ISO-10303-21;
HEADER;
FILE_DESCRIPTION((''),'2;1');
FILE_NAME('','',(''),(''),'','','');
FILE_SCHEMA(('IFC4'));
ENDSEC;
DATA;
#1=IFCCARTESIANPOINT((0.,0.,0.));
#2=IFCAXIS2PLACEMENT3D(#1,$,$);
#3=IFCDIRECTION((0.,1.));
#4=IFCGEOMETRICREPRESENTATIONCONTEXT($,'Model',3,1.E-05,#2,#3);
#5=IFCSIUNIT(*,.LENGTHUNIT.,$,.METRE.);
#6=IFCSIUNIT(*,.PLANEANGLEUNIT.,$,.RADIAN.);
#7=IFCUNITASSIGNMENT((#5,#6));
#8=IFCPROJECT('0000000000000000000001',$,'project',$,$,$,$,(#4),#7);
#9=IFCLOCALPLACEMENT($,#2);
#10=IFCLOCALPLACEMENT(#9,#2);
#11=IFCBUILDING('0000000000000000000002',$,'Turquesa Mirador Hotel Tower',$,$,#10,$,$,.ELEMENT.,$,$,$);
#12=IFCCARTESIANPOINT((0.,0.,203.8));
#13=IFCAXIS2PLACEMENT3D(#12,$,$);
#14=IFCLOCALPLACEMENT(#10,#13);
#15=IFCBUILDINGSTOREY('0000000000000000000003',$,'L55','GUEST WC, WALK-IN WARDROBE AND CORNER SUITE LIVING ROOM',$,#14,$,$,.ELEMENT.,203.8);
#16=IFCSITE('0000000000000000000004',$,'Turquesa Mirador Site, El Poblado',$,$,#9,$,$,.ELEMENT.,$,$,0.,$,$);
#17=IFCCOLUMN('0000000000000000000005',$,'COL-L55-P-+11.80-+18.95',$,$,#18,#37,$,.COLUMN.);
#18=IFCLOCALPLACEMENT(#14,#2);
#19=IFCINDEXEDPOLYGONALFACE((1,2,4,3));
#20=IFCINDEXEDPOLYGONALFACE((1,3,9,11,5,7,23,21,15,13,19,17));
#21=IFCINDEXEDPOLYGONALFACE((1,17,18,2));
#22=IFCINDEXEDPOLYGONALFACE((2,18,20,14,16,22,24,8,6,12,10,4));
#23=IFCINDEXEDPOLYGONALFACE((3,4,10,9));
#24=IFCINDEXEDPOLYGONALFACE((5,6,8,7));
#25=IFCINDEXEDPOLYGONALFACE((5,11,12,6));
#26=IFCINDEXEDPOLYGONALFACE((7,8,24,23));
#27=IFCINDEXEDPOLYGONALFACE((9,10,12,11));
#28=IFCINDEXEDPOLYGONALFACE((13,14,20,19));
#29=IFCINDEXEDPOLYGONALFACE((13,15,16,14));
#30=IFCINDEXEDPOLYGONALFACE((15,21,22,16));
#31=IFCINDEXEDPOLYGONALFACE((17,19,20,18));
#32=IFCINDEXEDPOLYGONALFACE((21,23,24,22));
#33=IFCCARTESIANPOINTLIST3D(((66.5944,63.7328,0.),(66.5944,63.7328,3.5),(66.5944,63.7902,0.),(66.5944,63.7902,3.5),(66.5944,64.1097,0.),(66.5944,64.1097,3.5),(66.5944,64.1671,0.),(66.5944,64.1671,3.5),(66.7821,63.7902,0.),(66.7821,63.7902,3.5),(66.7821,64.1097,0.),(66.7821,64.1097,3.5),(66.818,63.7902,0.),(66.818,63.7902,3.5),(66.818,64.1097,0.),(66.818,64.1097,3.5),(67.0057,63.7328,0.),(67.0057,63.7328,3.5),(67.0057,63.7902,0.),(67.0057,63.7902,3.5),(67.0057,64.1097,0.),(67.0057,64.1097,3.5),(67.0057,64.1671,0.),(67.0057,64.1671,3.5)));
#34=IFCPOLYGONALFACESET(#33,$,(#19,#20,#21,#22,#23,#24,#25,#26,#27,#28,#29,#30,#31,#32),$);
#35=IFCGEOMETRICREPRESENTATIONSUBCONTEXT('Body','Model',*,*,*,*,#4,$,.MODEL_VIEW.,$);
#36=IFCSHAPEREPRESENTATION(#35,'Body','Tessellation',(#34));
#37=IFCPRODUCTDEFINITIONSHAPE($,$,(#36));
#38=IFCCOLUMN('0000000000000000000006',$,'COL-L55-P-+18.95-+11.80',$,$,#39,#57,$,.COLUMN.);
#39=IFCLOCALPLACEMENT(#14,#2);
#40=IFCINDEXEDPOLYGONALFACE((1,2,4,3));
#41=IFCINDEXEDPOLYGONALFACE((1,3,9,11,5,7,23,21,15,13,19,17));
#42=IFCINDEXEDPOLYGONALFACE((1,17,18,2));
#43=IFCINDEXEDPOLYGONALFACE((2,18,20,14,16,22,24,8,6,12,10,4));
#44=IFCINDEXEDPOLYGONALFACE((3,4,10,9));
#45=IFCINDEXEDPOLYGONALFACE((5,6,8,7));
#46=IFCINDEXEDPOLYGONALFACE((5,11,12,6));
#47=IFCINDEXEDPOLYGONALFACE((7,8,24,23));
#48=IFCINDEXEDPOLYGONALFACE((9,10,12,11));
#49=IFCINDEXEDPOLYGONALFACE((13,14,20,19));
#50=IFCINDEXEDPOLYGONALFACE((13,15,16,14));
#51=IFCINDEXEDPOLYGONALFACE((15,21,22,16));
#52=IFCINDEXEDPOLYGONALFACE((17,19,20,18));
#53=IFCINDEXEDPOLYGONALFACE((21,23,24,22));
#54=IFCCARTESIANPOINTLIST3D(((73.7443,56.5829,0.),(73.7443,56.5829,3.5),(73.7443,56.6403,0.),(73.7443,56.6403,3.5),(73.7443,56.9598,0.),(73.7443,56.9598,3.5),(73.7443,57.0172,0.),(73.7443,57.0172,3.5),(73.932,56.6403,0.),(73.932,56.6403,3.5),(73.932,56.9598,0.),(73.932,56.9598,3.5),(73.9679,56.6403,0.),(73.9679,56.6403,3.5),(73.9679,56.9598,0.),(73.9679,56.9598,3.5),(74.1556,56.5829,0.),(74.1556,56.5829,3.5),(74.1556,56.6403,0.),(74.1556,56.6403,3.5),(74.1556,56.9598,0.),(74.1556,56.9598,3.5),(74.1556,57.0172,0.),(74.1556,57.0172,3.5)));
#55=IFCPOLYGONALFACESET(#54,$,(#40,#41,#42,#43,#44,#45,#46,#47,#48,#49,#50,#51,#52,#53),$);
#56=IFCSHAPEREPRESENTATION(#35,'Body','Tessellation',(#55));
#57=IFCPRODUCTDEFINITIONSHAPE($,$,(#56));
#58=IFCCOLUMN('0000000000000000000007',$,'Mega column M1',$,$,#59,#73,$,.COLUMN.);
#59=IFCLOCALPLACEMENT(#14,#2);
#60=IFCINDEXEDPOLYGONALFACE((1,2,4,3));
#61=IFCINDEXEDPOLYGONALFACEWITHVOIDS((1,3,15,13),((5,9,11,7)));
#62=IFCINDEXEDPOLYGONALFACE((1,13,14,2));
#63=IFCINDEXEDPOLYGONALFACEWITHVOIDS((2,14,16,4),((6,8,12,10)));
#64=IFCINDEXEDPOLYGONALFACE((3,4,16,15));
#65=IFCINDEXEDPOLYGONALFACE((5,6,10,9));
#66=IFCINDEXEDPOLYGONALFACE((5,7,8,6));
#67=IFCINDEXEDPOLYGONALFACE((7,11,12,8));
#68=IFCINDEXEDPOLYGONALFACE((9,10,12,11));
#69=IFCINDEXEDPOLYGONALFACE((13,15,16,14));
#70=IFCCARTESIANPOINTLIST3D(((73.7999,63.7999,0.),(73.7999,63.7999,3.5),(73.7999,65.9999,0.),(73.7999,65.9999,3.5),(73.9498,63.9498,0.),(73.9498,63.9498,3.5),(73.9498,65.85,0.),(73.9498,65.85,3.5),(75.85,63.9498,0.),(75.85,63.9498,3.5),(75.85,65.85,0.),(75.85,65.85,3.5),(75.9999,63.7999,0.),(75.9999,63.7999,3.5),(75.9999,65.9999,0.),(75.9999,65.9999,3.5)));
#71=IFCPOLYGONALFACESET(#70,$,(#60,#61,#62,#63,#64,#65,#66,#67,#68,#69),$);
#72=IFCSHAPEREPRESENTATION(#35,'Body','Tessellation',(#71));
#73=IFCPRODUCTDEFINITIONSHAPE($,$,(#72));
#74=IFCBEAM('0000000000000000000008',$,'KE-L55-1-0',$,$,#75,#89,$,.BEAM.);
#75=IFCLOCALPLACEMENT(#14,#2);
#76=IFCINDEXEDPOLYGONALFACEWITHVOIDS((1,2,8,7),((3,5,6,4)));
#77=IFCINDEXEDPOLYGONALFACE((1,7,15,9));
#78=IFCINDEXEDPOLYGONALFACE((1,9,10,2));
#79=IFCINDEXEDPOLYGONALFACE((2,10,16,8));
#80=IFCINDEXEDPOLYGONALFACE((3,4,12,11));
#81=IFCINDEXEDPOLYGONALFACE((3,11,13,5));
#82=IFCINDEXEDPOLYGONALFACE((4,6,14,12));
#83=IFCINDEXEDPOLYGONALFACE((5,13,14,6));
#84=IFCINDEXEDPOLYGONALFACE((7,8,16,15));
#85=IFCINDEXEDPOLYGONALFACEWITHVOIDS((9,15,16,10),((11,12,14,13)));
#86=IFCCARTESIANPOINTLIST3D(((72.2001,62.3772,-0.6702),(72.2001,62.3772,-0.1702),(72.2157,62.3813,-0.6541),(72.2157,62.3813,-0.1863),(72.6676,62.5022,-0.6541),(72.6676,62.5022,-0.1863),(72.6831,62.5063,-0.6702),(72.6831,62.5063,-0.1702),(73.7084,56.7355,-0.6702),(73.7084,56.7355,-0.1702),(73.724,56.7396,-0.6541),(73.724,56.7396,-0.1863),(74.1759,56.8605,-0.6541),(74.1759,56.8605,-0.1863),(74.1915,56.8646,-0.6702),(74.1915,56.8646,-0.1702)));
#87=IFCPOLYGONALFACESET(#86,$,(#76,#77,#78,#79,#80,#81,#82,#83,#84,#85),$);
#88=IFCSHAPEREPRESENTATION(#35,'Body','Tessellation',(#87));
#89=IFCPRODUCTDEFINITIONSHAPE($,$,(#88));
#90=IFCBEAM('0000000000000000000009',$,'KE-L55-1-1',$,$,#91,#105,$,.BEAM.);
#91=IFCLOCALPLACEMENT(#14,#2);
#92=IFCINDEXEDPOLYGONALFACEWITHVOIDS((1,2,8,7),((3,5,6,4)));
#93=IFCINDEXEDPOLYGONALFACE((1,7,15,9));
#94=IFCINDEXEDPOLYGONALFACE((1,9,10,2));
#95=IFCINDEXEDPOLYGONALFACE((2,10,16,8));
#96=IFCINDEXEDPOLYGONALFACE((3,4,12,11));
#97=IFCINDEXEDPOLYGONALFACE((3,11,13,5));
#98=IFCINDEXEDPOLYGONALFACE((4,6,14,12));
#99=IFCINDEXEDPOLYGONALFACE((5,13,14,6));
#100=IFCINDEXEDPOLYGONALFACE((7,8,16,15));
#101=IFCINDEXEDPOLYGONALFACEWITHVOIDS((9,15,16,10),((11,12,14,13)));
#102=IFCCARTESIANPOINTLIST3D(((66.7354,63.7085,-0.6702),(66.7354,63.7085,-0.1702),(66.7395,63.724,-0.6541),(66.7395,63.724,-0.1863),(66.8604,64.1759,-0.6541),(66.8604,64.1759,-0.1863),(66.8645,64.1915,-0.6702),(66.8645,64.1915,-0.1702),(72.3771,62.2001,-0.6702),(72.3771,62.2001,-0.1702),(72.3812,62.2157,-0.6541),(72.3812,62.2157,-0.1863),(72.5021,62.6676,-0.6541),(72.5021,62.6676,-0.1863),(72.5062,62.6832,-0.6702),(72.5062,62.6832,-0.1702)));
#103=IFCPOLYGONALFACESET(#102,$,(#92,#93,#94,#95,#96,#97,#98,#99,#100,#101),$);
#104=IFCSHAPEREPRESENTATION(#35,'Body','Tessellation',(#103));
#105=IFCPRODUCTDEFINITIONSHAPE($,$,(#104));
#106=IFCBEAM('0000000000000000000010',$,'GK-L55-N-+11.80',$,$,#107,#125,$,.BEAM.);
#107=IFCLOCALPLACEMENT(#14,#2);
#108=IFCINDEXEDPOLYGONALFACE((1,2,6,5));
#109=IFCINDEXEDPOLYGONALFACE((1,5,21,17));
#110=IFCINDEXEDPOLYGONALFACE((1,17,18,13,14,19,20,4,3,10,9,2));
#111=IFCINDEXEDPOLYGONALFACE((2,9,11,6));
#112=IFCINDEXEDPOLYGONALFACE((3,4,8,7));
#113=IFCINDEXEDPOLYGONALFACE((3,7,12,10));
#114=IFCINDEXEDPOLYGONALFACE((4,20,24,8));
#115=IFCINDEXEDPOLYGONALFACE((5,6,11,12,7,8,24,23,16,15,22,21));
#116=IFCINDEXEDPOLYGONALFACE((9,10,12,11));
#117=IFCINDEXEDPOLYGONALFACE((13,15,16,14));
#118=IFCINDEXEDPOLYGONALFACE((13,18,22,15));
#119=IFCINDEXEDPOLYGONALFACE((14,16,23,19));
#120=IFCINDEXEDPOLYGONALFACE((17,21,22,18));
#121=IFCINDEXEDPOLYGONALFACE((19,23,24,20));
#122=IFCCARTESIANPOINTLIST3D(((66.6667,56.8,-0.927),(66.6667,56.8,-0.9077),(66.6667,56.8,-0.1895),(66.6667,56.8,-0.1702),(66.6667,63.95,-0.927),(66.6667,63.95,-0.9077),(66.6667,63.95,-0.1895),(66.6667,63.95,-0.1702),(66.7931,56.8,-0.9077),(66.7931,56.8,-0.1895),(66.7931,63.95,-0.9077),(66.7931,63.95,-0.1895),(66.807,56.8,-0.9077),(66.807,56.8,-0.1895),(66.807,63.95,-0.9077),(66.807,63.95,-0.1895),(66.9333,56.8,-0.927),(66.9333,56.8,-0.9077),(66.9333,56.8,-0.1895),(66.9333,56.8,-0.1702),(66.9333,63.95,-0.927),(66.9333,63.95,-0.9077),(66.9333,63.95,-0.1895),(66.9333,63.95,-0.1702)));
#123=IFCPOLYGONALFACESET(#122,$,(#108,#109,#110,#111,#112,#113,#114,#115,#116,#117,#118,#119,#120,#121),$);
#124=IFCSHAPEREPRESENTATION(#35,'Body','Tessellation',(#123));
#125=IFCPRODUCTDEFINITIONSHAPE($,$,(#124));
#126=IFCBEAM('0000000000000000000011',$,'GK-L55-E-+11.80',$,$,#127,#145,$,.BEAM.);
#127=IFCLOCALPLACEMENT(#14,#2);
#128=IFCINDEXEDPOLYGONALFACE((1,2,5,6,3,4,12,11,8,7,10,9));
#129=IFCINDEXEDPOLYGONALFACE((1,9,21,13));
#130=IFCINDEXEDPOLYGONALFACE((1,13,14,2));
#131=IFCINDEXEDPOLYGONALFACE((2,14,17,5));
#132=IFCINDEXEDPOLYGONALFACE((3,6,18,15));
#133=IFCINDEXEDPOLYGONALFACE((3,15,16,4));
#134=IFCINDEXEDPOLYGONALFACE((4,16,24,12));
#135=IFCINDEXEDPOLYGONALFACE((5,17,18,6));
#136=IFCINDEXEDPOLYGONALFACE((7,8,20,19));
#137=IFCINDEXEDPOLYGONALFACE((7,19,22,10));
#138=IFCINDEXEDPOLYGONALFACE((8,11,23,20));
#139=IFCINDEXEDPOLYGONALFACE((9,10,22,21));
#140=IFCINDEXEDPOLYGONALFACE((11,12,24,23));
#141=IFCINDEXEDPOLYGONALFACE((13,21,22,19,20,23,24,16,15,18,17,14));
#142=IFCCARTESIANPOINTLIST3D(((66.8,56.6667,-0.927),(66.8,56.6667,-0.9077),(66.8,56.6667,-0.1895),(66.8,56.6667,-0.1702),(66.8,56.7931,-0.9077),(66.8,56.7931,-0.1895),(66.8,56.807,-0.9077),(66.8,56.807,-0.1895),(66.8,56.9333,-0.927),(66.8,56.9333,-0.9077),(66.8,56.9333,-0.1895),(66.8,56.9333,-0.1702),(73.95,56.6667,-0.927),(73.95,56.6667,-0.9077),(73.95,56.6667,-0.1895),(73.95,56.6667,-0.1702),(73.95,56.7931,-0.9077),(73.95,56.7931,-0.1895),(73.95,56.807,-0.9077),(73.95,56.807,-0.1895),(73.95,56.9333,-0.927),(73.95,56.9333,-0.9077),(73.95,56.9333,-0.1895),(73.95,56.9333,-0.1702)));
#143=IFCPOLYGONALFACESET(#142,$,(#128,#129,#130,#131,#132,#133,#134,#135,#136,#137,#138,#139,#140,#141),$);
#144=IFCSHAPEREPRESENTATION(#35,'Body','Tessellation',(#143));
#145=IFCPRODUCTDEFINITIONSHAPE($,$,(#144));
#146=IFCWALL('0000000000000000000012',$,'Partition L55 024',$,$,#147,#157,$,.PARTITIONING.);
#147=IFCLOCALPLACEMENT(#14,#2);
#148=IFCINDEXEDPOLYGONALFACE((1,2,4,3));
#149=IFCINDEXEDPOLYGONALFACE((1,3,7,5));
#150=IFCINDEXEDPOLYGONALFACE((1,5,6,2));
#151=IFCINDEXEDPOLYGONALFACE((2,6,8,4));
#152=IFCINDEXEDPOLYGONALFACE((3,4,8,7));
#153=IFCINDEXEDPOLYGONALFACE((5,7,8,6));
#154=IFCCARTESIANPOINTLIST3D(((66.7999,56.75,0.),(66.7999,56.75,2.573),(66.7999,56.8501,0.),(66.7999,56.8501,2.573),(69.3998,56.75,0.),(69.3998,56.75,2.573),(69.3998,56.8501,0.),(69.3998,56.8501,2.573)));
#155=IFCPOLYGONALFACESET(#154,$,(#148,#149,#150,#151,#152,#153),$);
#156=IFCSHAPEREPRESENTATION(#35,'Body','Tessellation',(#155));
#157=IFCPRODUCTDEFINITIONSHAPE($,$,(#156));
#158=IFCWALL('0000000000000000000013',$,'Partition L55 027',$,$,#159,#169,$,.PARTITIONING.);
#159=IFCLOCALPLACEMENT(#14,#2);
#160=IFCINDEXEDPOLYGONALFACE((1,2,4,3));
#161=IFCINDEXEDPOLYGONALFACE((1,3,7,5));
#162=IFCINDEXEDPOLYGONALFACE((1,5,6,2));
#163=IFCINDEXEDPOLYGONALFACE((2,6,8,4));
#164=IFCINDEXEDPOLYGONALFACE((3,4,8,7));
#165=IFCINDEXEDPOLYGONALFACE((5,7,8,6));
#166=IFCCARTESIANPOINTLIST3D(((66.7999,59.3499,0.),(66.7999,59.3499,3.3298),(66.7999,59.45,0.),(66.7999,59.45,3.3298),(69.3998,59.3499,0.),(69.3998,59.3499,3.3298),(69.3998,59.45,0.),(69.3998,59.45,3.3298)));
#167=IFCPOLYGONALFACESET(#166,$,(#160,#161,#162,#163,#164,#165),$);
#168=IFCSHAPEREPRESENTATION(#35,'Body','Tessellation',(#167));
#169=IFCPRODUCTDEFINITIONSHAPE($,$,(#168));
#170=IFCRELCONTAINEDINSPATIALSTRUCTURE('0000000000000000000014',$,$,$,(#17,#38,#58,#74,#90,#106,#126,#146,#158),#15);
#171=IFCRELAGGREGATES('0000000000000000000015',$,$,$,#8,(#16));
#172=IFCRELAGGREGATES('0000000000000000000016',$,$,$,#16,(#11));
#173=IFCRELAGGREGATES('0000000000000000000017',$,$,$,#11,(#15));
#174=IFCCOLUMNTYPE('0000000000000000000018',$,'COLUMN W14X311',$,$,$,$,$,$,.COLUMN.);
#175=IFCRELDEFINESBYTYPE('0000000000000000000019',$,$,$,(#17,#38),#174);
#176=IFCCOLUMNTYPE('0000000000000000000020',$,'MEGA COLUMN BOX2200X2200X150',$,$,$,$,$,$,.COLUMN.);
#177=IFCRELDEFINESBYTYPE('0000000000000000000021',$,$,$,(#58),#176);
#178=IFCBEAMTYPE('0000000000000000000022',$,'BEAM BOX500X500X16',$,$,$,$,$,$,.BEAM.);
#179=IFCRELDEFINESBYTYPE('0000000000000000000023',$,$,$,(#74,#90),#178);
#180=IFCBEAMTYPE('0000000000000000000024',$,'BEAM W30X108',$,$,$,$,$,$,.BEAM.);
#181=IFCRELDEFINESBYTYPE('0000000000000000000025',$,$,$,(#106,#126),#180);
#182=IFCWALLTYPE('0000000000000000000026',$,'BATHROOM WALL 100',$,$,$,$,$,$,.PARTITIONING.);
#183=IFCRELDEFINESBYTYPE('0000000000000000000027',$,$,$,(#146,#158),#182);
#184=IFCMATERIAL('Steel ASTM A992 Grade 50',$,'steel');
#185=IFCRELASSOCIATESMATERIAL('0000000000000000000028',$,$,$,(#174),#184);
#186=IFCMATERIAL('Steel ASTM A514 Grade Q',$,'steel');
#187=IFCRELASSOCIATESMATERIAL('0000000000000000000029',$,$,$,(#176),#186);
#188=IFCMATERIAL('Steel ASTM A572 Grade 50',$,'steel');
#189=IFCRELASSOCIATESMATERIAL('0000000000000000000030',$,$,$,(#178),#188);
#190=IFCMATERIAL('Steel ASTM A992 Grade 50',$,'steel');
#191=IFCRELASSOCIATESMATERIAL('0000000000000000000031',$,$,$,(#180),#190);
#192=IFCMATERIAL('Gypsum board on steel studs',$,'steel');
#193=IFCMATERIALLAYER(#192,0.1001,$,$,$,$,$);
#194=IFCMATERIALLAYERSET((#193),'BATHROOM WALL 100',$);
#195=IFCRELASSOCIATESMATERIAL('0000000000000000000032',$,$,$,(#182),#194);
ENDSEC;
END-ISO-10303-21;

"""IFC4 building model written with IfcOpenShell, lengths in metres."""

from ifc_helpers import new_model, si_unit, direction, frame, frame_2d, origin, origin_2d, place, context, subcontext, project, spatial, rectangle, hollow_rectangle, i_section, extrude, material, layer, layer_set, material_profile, profile_set, type_object, element, save


model = new_model("IFC4")

# Units and contexts
model_context = context("Model", 3, precision=1e-05, world=origin(), true_north=direction((0.0, 1.0)))
body_context = subcontext(model_context, "Body", "Model", "MODEL_VIEW")
ifc_project = project(units=[si_unit("LENGTHUNIT", "METRE"), si_unit("PLANEANGLEUNIT", "RADIAN")], contexts=[model_context])

# Site, building, storey
site_placement = place(None, origin())
site = spatial("IfcSite", under=ifc_project, at=site_placement, Name="Turquesa Mirador Site, El Poblado", CompositionType="ELEMENT", RefElevation=0.0)
building_placement = place(site_placement, origin())
building = spatial("IfcBuilding", under=site, at=building_placement, Name="Turquesa Mirador Hotel Tower", CompositionType="ELEMENT")
storey_placement = place(building_placement, frame((0.0, 0.0, 203.8)))
storey = spatial("IfcBuildingStorey", under=building, at=storey_placement, Name="L55", Description="GUEST WC, WALK-IN WARDROBE AND CORNER SUITE LIVING ROOM", CompositionType="ELEMENT", Elevation=203.8)

# Columns
ifc_material_1 = material(Name="Steel ASTM A992 Grade 50", Category="steel")
ifc_material_profile_1 = material_profile(ifc_material_1, i_section(OverallWidth=0.4114, OverallDepth=0.4343, WebThickness=0.0359, FlangeThickness=0.0574, at=origin_2d()), Name="W14X311")
ifc_profile_set_1 = profile_set([ifc_material_profile_1], Name="Steel ASTM A992 Grade 50")
column_type_1 = type_object("IfcColumnType", Name="COLUMN W14X311", PredefinedType="COLUMN", material=ifc_profile_set_1)
for number, where, z_axis, x_axis, name in (
    (1, (66.8, 63.95, 0.0), (0.0, 0.0, 1.0), (1.0, 0.0, 0.0), "COL-L55-P-+11.80-+18.95"),
    (2, (73.95, 56.8, 0.0), (0.0, 0.0, 1.0), (1.0, 0.0, 0.0), "COL-L55-P-+18.95-+11.80"),
):
    element("IfcColumn", number, at=place(storey_placement, frame(where, z_axis=z_axis, x_axis=x_axis)), inside=storey, type_object=column_type_1, Name=name, PredefinedType="COLUMN", context=body_context, shape_type="SweptSolid", body=[
        extrude(i_section(OverallWidth=0.4114, OverallDepth=0.4343, WebThickness=0.0359, FlangeThickness=0.0574, at=origin_2d()), origin(), (0.0, 0.0, 1.0), 3.5),
    ])
ifc_material_2 = material(Name="Steel ASTM A514 Grade Q", Category="steel")
ifc_material_profile_2 = material_profile(ifc_material_2, hollow_rectangle(XDim=2.2, YDim=2.2, WallThickness=0.1499, at=origin_2d()), Name="BOX2200X2200X150")
ifc_profile_set_2 = profile_set([ifc_material_profile_2], Name="Steel ASTM A514 Grade Q")
column_type_2 = type_object("IfcColumnType", Name="MEGA COLUMN BOX2200X2200X150", PredefinedType="COLUMN", material=ifc_profile_set_2)
column_placement = place(storey_placement, frame((74.8999, 64.8999, 0.0), z_axis=(0.0, 0.0, 1.0), x_axis=(1.0, 0.0, 0.0)))
element("IfcColumn", 3, at=column_placement, inside=storey, type_object=column_type_2, Name="Mega column M1", PredefinedType="COLUMN", context=body_context, shape_type="SweptSolid", body=[
    extrude(hollow_rectangle(XDim=2.2, YDim=2.2, WallThickness=0.1499, at=origin_2d()), origin(), (0.0, 0.0, 1.0), 3.5),
])

# Beams
ifc_material_3 = material(Name="Steel ASTM A572 Grade 50", Category="steel")
ifc_material_profile_3 = material_profile(ifc_material_3, hollow_rectangle(XDim=0.5, YDim=0.5, WallThickness=0.0161, at=origin_2d()), Name="BOX500X500X16")
ifc_profile_set_3 = profile_set([ifc_material_profile_3], Name="Steel ASTM A572 Grade 50")
beam_type_1 = type_object("IfcBeamType", Name="BEAM BOX500X500X16", PredefinedType="BEAM", material=ifc_profile_set_3)
for number, where, z_axis, x_axis, name in (
    (4, (73.95, 56.8, -0.4202), (-0.258282, 0.96607, 0.0), (-0.96607, -0.258282, 0.0), "KE-L55-1-0"),
    (5, (72.4417, 62.4417, -0.4202), (-0.96607, 0.258282, 0.0), (-0.258282, -0.96607, 0.0), "KE-L55-1-1"),
):
    element("IfcBeam", number, at=place(storey_placement, frame(where, z_axis=z_axis, x_axis=x_axis)), inside=storey, type_object=beam_type_1, Name=name, PredefinedType="BEAM", context=body_context, shape_type="SweptSolid", body=[
        extrude(hollow_rectangle(XDim=0.5, YDim=0.5, WallThickness=0.0161, at=origin_2d()), origin(), (0.0, 0.0, 1.0), 5.8398),
    ])
ifc_material_4 = material(Name="Steel ASTM A992 Grade 50", Category="steel")
ifc_material_profile_4 = material_profile(ifc_material_4, i_section(OverallWidth=0.2666, OverallDepth=0.7568, WebThickness=0.0139, FlangeThickness=0.0193, at=origin_2d()), Name="W30X108")
ifc_profile_set_4 = profile_set([ifc_material_profile_4], Name="Steel ASTM A992 Grade 50")
beam_type_2 = type_object("IfcBeamType", Name="BEAM W30X108", PredefinedType="BEAM", material=ifc_profile_set_4)
for number, where, z_axis, x_axis, name in (
    (6, (66.8, 63.95, -0.5486), (0.0, -1.0, 0.0), (1.0, 0.0, 0.0), "GK-L55-N-+11.80"),
    (7, (73.95, 56.8, -0.5486), (-1.0, 0.0, 0.0), (0.0, -1.0, 0.0), "GK-L55-E-+11.80"),
):
    element("IfcBeam", number, at=place(storey_placement, frame(where, z_axis=z_axis, x_axis=x_axis)), inside=storey, type_object=beam_type_2, Name=name, PredefinedType="BEAM", context=body_context, shape_type="SweptSolid", body=[
        extrude(i_section(OverallWidth=0.2666, OverallDepth=0.7568, WebThickness=0.0139, FlangeThickness=0.0193, at=origin_2d()), origin(), (0.0, 0.0, 1.0), 7.1499),
    ])

# Walls
ifc_material_5 = material(Name="Gypsum board on steel studs", Category="steel")
ifc_layer_1 = layer(ifc_material_5, 0.1001)
ifc_layer_set_1 = layer_set([ifc_layer_1], Name="BATHROOM WALL 100")
wall_type_1 = type_object("IfcWallType", Name="BATHROOM WALL 100", PredefinedType="PARTITIONING", material=ifc_layer_set_1)
wall_1_placement = place(storey_placement, frame((66.8, 56.8, 0.0), z_axis=(0.0, 0.0, 1.0), x_axis=(1.0, 0.0, 0.0)))
element("IfcWall", 8, at=wall_1_placement, inside=storey, type_object=wall_type_1, Name="Partition L55 024", PredefinedType="PARTITIONING", context=body_context, shape_type="SweptSolid", body=[
    extrude(rectangle(XDim=2.5999, YDim=0.1001, at=frame_2d((1.2998, 0.0))), origin(), (0.0, 0.0, 1.0), 2.573),
])
wall_2_placement = place(storey_placement, frame((66.8, 59.3999, 0.0), z_axis=(0.0, 0.0, 1.0), x_axis=(1.0, 0.0, 0.0)))
element("IfcWall", 9, at=wall_2_placement, inside=storey, type_object=wall_type_1, Name="Partition L55 027", PredefinedType="PARTITIONING", context=body_context, shape_type="SweptSolid", body=[
    extrude(rectangle(XDim=2.5999, YDim=0.1001, at=frame_2d((1.2998, 0.0))), origin(), (0.0, 0.0, 1.0), 3.3298),
])

save(model, "model.ifc")
